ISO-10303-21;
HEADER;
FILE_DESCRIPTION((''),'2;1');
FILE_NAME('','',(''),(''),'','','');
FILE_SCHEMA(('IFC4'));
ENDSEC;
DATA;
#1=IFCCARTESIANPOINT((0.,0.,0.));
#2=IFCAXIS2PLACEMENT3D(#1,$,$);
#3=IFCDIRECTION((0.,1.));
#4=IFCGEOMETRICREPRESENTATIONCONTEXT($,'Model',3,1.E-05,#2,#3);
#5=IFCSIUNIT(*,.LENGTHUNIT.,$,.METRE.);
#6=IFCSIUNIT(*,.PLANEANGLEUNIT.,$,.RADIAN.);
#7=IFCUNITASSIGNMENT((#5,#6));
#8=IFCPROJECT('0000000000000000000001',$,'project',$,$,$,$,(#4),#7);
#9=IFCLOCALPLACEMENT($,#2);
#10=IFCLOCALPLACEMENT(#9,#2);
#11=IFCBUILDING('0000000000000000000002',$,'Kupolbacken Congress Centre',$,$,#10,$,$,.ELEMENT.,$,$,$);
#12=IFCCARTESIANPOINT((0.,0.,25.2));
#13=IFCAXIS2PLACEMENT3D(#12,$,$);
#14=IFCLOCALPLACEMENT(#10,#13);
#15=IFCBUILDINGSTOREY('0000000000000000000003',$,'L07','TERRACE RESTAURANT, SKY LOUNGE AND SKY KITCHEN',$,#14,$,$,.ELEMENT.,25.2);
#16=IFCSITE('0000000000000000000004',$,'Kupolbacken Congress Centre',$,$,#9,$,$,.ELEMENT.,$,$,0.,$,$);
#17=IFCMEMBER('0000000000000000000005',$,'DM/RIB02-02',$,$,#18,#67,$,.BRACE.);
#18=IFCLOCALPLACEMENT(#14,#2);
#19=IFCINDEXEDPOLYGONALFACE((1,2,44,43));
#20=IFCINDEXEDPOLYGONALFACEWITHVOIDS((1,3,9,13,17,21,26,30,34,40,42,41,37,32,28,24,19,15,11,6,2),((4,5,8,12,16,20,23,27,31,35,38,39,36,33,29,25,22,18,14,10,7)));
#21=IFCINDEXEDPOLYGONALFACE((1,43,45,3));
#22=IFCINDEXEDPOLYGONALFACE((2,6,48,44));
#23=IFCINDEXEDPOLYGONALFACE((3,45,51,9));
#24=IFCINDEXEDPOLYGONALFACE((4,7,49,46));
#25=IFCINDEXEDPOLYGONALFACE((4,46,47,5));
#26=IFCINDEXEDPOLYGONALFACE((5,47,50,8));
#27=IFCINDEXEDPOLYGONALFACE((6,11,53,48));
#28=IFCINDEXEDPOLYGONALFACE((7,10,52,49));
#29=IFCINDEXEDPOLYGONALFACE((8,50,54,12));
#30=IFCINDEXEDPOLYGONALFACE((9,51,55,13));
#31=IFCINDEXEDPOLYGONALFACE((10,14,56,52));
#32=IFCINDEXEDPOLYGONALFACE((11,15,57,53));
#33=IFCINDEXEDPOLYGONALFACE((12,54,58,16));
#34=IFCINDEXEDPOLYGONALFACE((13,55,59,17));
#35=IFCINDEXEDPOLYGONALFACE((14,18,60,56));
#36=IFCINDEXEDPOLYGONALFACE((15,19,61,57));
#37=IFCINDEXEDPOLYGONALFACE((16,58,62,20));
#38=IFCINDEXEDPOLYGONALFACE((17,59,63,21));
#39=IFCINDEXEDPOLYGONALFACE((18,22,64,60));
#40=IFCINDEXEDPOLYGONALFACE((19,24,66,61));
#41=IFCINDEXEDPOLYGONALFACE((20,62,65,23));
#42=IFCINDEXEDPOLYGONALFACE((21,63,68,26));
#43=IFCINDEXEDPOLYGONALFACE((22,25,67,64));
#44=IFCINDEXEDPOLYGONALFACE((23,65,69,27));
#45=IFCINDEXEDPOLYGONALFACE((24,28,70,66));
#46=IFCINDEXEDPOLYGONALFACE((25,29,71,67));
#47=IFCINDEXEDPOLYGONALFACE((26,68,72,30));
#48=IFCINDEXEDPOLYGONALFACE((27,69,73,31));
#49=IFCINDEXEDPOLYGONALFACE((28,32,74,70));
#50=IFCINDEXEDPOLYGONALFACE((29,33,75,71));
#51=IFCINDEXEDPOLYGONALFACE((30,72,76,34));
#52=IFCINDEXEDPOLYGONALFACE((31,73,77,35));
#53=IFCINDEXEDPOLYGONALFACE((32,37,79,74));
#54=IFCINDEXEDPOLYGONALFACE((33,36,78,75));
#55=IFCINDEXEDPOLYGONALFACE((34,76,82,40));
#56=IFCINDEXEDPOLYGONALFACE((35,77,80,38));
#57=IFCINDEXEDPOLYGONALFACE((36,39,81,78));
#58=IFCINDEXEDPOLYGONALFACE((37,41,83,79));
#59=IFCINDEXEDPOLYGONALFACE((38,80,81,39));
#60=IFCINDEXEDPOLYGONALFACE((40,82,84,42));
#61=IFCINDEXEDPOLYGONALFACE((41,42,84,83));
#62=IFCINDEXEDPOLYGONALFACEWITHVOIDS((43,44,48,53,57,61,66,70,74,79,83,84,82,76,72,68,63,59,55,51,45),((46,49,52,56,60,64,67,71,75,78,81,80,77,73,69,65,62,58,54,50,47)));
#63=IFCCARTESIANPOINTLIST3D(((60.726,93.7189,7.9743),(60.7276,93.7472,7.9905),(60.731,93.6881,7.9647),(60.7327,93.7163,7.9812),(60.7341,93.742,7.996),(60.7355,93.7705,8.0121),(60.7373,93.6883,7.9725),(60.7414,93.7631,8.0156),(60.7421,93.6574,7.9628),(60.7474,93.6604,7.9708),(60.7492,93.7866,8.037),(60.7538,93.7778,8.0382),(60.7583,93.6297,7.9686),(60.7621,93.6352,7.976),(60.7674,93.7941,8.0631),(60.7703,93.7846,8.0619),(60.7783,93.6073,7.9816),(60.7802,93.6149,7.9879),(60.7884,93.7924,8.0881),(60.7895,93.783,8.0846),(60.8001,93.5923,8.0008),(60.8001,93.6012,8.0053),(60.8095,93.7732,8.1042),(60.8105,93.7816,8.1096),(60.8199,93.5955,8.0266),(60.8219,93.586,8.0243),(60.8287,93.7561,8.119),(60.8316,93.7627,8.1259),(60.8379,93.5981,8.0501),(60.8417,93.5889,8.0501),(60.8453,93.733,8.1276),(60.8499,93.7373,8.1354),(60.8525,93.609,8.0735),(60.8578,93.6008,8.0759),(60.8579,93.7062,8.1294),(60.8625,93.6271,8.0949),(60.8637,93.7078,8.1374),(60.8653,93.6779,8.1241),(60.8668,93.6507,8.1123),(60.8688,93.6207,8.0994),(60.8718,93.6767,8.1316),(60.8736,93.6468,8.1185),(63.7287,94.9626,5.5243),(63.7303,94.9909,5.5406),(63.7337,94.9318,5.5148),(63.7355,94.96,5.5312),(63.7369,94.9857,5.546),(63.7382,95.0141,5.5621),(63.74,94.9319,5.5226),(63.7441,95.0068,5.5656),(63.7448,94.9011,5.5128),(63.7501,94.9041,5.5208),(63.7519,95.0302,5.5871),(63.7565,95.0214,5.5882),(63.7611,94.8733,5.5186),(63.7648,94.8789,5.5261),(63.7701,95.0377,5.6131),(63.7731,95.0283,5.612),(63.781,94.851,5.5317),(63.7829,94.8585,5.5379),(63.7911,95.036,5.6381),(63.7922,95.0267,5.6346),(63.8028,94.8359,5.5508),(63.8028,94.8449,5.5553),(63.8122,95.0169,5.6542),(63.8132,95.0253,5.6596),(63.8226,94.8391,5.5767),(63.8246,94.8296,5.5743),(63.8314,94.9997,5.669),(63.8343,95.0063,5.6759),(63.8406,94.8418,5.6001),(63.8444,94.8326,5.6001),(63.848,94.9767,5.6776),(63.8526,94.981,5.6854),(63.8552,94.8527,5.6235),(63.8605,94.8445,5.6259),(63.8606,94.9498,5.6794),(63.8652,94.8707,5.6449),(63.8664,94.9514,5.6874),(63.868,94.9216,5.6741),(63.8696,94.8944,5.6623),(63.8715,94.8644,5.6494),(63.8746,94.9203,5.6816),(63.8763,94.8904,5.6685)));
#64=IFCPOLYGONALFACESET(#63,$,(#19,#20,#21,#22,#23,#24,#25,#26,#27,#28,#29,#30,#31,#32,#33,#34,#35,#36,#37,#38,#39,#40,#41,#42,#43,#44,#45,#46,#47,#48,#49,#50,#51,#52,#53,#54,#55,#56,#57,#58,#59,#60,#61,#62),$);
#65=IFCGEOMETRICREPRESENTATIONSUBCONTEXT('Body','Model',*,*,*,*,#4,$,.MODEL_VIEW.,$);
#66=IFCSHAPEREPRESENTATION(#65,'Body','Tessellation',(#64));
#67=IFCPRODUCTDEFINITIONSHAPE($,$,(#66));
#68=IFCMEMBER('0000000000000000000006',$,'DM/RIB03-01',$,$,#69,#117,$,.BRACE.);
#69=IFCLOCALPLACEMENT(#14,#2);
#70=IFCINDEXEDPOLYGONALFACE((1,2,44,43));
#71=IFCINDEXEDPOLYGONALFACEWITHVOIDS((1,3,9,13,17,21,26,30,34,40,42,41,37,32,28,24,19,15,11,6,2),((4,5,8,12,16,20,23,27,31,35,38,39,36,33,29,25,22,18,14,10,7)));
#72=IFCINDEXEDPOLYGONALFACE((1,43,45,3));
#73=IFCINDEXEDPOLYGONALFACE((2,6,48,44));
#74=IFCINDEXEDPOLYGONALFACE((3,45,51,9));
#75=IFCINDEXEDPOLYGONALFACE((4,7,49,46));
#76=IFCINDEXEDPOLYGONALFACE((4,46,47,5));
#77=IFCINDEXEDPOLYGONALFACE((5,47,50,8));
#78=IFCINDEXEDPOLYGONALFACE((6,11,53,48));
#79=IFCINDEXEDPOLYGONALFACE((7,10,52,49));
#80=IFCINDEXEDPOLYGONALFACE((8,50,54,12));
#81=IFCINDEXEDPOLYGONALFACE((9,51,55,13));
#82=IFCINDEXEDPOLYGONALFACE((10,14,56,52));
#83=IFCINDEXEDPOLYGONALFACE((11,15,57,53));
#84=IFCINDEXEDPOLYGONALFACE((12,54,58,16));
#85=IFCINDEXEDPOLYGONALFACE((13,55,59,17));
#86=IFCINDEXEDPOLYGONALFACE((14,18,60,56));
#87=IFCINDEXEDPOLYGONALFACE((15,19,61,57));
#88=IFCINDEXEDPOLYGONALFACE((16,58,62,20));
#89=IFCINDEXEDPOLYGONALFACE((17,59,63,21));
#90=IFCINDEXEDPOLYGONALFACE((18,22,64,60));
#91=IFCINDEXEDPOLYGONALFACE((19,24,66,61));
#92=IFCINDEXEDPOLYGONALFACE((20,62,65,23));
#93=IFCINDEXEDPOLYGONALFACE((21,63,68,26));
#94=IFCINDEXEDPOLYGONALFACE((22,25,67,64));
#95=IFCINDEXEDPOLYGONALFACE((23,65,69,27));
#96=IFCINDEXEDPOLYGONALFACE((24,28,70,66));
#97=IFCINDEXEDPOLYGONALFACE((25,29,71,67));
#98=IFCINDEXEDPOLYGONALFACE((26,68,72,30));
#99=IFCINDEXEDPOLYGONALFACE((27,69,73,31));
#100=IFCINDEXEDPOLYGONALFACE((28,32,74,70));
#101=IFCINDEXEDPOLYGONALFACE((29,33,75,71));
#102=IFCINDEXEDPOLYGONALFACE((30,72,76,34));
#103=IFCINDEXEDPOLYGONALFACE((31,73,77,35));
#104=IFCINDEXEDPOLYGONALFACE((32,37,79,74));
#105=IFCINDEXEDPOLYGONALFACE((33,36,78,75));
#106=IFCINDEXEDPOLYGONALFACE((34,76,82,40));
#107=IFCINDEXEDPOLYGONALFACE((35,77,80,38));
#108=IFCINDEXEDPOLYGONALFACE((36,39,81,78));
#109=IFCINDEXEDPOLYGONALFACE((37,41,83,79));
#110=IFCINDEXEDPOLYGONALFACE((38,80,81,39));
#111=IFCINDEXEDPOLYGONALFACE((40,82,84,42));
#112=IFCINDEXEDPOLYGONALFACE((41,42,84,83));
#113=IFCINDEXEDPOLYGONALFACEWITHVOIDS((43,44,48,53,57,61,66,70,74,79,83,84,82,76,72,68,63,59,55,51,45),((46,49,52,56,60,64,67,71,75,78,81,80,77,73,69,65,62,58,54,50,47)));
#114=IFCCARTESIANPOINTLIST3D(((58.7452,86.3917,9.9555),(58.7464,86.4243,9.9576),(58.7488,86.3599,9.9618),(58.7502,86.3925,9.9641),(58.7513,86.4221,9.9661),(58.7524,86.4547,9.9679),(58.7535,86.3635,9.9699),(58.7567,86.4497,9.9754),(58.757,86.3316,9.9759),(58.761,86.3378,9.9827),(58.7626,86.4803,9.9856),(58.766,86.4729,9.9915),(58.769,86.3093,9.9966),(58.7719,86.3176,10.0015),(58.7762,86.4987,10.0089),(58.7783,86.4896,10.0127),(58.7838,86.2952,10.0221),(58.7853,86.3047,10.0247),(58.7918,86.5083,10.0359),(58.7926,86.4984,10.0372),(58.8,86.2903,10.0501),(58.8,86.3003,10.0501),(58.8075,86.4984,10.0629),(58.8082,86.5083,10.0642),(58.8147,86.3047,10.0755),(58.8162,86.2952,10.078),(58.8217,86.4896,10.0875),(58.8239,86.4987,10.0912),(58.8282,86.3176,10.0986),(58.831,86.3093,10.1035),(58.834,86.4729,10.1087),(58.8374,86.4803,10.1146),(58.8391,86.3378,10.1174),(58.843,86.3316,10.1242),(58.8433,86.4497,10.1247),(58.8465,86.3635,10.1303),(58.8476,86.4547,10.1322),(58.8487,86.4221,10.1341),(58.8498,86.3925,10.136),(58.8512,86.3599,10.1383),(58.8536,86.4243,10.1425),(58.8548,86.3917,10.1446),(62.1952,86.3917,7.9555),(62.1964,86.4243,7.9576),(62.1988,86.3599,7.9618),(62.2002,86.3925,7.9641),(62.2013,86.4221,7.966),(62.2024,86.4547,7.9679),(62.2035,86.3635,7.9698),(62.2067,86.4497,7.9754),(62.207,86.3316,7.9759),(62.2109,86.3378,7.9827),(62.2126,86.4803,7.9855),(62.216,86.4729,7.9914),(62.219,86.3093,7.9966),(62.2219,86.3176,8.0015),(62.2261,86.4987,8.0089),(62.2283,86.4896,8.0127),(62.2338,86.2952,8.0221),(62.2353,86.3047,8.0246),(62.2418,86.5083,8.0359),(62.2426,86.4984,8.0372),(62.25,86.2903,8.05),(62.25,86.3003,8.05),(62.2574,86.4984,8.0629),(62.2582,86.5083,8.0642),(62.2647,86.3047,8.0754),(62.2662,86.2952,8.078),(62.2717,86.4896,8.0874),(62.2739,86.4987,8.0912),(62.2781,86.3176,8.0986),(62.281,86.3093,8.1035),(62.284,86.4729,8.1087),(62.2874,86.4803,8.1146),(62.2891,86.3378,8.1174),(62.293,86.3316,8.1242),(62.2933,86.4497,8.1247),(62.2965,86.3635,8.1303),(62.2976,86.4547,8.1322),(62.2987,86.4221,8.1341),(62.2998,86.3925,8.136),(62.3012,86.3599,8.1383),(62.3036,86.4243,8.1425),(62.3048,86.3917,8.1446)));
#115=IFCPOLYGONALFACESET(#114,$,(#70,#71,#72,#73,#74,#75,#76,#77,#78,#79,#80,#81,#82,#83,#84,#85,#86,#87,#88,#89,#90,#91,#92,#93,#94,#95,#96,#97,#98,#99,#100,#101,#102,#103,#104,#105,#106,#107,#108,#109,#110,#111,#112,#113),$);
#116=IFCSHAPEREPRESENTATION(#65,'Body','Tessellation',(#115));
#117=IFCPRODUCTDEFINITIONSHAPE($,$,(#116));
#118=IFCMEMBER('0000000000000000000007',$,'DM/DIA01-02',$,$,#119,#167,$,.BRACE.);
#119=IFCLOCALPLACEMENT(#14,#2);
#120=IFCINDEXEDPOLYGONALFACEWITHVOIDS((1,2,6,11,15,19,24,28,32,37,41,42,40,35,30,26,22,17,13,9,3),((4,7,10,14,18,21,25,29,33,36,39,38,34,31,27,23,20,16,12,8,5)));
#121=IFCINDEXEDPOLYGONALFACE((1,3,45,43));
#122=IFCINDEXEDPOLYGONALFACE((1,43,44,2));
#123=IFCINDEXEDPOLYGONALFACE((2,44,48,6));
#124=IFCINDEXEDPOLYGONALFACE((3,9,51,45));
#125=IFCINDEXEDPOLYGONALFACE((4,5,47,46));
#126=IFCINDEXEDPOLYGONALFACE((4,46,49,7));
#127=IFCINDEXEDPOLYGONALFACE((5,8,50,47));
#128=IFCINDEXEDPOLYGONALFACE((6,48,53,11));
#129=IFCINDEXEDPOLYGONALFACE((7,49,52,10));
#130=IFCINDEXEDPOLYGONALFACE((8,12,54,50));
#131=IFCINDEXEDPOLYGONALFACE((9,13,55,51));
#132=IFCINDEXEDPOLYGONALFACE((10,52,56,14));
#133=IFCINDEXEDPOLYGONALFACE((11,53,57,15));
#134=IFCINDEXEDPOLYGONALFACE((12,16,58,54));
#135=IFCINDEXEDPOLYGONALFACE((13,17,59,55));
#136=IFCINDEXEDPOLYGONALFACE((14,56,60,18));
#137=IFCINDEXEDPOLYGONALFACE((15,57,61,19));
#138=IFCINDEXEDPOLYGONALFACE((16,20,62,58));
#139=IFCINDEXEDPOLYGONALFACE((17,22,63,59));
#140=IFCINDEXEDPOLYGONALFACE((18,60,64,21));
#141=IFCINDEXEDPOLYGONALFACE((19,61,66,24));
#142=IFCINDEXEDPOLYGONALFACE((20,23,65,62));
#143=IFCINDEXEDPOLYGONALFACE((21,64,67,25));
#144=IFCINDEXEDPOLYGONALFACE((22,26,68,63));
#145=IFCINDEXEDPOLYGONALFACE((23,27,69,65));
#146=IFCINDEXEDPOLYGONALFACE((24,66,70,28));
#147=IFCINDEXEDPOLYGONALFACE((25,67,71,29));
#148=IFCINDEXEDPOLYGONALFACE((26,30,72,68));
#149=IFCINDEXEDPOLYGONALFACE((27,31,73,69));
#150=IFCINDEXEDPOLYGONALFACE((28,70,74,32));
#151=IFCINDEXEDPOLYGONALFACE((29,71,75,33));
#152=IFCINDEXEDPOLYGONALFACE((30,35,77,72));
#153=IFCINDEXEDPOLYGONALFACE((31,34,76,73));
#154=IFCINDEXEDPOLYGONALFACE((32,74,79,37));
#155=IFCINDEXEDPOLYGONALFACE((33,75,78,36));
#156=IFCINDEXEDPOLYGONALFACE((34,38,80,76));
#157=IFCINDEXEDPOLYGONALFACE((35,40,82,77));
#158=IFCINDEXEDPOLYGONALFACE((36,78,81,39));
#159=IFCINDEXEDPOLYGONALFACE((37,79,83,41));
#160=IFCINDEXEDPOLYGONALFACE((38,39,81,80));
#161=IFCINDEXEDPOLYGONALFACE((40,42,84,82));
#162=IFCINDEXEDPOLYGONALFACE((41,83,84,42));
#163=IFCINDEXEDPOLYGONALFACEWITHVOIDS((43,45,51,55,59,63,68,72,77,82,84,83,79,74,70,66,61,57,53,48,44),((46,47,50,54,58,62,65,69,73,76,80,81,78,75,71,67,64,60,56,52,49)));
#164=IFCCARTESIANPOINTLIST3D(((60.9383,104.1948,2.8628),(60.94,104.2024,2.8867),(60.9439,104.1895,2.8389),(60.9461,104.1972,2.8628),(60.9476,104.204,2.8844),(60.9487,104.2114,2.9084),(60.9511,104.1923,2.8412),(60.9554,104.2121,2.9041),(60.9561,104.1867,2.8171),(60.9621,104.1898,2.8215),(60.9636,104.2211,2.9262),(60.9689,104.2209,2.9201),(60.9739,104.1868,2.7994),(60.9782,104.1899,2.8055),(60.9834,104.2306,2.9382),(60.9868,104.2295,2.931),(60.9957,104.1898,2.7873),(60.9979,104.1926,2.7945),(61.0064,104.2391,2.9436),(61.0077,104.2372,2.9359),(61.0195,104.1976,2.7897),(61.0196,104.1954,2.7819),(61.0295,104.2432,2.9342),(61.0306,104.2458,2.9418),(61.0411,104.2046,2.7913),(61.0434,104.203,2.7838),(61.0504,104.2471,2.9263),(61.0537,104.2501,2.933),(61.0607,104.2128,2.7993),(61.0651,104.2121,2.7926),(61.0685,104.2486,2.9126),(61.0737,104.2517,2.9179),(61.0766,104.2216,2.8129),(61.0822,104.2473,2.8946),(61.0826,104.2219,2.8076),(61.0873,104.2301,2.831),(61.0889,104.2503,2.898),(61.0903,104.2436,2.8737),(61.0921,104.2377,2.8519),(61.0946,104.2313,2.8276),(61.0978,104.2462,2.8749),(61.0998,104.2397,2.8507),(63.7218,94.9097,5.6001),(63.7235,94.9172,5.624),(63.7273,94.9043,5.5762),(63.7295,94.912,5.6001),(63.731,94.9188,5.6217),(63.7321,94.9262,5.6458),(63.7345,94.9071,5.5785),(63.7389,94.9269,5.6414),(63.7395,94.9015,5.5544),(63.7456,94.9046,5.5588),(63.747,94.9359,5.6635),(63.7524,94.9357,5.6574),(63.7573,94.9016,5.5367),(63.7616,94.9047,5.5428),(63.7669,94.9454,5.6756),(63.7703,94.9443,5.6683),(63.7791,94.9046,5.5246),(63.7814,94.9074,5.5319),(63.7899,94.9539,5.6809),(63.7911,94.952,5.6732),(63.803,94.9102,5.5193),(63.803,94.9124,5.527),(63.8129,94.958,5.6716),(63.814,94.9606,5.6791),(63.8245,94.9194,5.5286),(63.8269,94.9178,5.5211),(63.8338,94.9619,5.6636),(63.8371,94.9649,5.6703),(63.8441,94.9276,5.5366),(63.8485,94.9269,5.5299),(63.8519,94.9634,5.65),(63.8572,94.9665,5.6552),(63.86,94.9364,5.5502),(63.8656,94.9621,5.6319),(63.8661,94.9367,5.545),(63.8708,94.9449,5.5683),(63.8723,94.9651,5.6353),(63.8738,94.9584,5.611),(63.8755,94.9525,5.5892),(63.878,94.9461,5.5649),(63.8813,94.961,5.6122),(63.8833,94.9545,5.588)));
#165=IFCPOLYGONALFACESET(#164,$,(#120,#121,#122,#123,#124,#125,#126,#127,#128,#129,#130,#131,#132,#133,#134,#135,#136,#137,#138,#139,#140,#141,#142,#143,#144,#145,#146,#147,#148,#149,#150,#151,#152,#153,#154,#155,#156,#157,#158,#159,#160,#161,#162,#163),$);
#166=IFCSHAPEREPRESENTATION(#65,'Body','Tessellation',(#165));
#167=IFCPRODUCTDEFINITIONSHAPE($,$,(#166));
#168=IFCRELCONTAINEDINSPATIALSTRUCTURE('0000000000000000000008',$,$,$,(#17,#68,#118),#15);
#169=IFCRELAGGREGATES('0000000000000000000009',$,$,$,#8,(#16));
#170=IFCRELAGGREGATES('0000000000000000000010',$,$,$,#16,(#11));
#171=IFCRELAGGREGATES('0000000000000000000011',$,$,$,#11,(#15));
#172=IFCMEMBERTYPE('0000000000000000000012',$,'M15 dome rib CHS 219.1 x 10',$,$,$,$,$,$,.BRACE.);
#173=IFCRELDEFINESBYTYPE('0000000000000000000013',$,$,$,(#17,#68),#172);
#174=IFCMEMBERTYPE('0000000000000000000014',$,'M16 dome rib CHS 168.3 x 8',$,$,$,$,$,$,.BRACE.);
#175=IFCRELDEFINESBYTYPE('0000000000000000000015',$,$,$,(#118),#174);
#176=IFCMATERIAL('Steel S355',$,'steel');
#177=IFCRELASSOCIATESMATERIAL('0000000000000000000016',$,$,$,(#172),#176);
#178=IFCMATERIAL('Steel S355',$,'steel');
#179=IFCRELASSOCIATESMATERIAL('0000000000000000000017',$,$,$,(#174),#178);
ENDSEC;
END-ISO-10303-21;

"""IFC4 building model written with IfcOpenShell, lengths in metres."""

from ifc_helpers import new_model, si_unit, direction, frame, origin, origin_2d, place, context, subcontext, project, spatial, hollow_circle, extrude, material, material_profile, profile_set, type_object, element, save


model = new_model("IFC4")

# Units and contexts
model_context = context("Model", 3, precision=1e-05, world=origin(), true_north=direction((0.0, 1.0)))
body_context = subcontext(model_context, "Body", "Model", "MODEL_VIEW")
ifc_project = project(units=[si_unit("LENGTHUNIT", "METRE"), si_unit("PLANEANGLEUNIT", "RADIAN")], contexts=[model_context])

# Site, building, storey
site_placement = place(None, origin())
site = spatial("IfcSite", under=ifc_project, at=site_placement, Name="Kupolbacken Congress Centre", CompositionType="ELEMENT", RefElevation=0.0)
building_placement = place(site_placement, origin())
building = spatial("IfcBuilding", under=site, at=building_placement, Name="Kupolbacken Congress Centre", CompositionType="ELEMENT")
storey_placement = place(building_placement, frame((0.0, 0.0, 25.2)))
storey = spatial("IfcBuildingStorey", under=building, at=storey_placement, Name="L07", Description="TERRACE RESTAURANT, SKY LOUNGE AND SKY KITCHEN", CompositionType="ELEMENT", Elevation=25.2)

# Members
ifc_material_1 = material(Name="Steel S355", Category="steel")
ifc_material_profile_1 = material_profile(ifc_material_1, hollow_circle(Radius=0.1096, WallThickness=0.01, at=origin_2d()), Name="CHS 219.1 x 10")
ifc_profile_set_1 = profile_set([ifc_material_profile_1], Name="Steel S355")
member_type_1 = type_object("IfcMemberType", Name="M15 dome rib CHS 219.1 x 10", PredefinedType="BRACE", material=ifc_profile_set_1)
member_1_placement = place(storey_placement, frame((63.8025, 94.9338, 5.6001), z_axis=(-0.737757, -0.305564, 0.601951), x_axis=(0.382657, -0.92389, 0.0)))
element("IfcMember", 1, at=member_1_placement, inside=storey, type_object=member_type_1, Name="DM/RIB02-02", PredefinedType="BRACE", context=body_context, shape_type="SweptSolid", body=[
    extrude(hollow_circle(Radius=0.1096, WallThickness=0.01, at=origin_2d()), origin(), (0.0, 0.0, 1.0), 4.0701),
])
member_2_placement = place(storey_placement, frame((62.25, 86.3999, 8.05), z_axis=(-0.865137, 0.0, 0.501536), x_axis=(0.0, -1.0, 0.0)))
element("IfcMember", 2, at=member_2_placement, inside=storey, type_object=member_type_1, Name="DM/RIB03-01", PredefinedType="BRACE", context=body_context, shape_type="SweptSolid", body=[
    extrude(hollow_circle(Radius=0.1096, WallThickness=0.01, at=origin_2d()), origin(), (0.0, 0.0, 1.0), 3.9878),
])
ifc_material_2 = material(Name="Steel S355", Category="steel")
ifc_material_profile_2 = material_profile(ifc_material_2, hollow_circle(Radius=0.0842, WallThickness=0.0081, at=origin_2d()), Name="CHS 168.3 x 8")
ifc_profile_set_2 = profile_set([ifc_material_profile_2], Name="Steel S355")
member_type_2 = type_object("IfcMemberType", Name="M16 dome rib CHS 168.3 x 8", PredefinedType="BRACE", material=ifc_profile_set_2)
member_3_placement = place(storey_placement, frame((63.8025, 94.9338, 5.6001), z_axis=(-0.276342, 0.921836, -0.271761), x_axis=(-0.957886, -0.287149, 0.0)))
element("IfcMember", 3, at=member_3_placement, inside=storey, type_object=member_type_2, Name="DM/DIA01-02", PredefinedType="BRACE", context=body_context, shape_type="SweptSolid", body=[
    extrude(hollow_circle(Radius=0.0842, WallThickness=0.0081, at=origin_2d()), origin(), (0.0, 0.0, 1.0), 10.0725),
])

save(model, "model.ifc")
